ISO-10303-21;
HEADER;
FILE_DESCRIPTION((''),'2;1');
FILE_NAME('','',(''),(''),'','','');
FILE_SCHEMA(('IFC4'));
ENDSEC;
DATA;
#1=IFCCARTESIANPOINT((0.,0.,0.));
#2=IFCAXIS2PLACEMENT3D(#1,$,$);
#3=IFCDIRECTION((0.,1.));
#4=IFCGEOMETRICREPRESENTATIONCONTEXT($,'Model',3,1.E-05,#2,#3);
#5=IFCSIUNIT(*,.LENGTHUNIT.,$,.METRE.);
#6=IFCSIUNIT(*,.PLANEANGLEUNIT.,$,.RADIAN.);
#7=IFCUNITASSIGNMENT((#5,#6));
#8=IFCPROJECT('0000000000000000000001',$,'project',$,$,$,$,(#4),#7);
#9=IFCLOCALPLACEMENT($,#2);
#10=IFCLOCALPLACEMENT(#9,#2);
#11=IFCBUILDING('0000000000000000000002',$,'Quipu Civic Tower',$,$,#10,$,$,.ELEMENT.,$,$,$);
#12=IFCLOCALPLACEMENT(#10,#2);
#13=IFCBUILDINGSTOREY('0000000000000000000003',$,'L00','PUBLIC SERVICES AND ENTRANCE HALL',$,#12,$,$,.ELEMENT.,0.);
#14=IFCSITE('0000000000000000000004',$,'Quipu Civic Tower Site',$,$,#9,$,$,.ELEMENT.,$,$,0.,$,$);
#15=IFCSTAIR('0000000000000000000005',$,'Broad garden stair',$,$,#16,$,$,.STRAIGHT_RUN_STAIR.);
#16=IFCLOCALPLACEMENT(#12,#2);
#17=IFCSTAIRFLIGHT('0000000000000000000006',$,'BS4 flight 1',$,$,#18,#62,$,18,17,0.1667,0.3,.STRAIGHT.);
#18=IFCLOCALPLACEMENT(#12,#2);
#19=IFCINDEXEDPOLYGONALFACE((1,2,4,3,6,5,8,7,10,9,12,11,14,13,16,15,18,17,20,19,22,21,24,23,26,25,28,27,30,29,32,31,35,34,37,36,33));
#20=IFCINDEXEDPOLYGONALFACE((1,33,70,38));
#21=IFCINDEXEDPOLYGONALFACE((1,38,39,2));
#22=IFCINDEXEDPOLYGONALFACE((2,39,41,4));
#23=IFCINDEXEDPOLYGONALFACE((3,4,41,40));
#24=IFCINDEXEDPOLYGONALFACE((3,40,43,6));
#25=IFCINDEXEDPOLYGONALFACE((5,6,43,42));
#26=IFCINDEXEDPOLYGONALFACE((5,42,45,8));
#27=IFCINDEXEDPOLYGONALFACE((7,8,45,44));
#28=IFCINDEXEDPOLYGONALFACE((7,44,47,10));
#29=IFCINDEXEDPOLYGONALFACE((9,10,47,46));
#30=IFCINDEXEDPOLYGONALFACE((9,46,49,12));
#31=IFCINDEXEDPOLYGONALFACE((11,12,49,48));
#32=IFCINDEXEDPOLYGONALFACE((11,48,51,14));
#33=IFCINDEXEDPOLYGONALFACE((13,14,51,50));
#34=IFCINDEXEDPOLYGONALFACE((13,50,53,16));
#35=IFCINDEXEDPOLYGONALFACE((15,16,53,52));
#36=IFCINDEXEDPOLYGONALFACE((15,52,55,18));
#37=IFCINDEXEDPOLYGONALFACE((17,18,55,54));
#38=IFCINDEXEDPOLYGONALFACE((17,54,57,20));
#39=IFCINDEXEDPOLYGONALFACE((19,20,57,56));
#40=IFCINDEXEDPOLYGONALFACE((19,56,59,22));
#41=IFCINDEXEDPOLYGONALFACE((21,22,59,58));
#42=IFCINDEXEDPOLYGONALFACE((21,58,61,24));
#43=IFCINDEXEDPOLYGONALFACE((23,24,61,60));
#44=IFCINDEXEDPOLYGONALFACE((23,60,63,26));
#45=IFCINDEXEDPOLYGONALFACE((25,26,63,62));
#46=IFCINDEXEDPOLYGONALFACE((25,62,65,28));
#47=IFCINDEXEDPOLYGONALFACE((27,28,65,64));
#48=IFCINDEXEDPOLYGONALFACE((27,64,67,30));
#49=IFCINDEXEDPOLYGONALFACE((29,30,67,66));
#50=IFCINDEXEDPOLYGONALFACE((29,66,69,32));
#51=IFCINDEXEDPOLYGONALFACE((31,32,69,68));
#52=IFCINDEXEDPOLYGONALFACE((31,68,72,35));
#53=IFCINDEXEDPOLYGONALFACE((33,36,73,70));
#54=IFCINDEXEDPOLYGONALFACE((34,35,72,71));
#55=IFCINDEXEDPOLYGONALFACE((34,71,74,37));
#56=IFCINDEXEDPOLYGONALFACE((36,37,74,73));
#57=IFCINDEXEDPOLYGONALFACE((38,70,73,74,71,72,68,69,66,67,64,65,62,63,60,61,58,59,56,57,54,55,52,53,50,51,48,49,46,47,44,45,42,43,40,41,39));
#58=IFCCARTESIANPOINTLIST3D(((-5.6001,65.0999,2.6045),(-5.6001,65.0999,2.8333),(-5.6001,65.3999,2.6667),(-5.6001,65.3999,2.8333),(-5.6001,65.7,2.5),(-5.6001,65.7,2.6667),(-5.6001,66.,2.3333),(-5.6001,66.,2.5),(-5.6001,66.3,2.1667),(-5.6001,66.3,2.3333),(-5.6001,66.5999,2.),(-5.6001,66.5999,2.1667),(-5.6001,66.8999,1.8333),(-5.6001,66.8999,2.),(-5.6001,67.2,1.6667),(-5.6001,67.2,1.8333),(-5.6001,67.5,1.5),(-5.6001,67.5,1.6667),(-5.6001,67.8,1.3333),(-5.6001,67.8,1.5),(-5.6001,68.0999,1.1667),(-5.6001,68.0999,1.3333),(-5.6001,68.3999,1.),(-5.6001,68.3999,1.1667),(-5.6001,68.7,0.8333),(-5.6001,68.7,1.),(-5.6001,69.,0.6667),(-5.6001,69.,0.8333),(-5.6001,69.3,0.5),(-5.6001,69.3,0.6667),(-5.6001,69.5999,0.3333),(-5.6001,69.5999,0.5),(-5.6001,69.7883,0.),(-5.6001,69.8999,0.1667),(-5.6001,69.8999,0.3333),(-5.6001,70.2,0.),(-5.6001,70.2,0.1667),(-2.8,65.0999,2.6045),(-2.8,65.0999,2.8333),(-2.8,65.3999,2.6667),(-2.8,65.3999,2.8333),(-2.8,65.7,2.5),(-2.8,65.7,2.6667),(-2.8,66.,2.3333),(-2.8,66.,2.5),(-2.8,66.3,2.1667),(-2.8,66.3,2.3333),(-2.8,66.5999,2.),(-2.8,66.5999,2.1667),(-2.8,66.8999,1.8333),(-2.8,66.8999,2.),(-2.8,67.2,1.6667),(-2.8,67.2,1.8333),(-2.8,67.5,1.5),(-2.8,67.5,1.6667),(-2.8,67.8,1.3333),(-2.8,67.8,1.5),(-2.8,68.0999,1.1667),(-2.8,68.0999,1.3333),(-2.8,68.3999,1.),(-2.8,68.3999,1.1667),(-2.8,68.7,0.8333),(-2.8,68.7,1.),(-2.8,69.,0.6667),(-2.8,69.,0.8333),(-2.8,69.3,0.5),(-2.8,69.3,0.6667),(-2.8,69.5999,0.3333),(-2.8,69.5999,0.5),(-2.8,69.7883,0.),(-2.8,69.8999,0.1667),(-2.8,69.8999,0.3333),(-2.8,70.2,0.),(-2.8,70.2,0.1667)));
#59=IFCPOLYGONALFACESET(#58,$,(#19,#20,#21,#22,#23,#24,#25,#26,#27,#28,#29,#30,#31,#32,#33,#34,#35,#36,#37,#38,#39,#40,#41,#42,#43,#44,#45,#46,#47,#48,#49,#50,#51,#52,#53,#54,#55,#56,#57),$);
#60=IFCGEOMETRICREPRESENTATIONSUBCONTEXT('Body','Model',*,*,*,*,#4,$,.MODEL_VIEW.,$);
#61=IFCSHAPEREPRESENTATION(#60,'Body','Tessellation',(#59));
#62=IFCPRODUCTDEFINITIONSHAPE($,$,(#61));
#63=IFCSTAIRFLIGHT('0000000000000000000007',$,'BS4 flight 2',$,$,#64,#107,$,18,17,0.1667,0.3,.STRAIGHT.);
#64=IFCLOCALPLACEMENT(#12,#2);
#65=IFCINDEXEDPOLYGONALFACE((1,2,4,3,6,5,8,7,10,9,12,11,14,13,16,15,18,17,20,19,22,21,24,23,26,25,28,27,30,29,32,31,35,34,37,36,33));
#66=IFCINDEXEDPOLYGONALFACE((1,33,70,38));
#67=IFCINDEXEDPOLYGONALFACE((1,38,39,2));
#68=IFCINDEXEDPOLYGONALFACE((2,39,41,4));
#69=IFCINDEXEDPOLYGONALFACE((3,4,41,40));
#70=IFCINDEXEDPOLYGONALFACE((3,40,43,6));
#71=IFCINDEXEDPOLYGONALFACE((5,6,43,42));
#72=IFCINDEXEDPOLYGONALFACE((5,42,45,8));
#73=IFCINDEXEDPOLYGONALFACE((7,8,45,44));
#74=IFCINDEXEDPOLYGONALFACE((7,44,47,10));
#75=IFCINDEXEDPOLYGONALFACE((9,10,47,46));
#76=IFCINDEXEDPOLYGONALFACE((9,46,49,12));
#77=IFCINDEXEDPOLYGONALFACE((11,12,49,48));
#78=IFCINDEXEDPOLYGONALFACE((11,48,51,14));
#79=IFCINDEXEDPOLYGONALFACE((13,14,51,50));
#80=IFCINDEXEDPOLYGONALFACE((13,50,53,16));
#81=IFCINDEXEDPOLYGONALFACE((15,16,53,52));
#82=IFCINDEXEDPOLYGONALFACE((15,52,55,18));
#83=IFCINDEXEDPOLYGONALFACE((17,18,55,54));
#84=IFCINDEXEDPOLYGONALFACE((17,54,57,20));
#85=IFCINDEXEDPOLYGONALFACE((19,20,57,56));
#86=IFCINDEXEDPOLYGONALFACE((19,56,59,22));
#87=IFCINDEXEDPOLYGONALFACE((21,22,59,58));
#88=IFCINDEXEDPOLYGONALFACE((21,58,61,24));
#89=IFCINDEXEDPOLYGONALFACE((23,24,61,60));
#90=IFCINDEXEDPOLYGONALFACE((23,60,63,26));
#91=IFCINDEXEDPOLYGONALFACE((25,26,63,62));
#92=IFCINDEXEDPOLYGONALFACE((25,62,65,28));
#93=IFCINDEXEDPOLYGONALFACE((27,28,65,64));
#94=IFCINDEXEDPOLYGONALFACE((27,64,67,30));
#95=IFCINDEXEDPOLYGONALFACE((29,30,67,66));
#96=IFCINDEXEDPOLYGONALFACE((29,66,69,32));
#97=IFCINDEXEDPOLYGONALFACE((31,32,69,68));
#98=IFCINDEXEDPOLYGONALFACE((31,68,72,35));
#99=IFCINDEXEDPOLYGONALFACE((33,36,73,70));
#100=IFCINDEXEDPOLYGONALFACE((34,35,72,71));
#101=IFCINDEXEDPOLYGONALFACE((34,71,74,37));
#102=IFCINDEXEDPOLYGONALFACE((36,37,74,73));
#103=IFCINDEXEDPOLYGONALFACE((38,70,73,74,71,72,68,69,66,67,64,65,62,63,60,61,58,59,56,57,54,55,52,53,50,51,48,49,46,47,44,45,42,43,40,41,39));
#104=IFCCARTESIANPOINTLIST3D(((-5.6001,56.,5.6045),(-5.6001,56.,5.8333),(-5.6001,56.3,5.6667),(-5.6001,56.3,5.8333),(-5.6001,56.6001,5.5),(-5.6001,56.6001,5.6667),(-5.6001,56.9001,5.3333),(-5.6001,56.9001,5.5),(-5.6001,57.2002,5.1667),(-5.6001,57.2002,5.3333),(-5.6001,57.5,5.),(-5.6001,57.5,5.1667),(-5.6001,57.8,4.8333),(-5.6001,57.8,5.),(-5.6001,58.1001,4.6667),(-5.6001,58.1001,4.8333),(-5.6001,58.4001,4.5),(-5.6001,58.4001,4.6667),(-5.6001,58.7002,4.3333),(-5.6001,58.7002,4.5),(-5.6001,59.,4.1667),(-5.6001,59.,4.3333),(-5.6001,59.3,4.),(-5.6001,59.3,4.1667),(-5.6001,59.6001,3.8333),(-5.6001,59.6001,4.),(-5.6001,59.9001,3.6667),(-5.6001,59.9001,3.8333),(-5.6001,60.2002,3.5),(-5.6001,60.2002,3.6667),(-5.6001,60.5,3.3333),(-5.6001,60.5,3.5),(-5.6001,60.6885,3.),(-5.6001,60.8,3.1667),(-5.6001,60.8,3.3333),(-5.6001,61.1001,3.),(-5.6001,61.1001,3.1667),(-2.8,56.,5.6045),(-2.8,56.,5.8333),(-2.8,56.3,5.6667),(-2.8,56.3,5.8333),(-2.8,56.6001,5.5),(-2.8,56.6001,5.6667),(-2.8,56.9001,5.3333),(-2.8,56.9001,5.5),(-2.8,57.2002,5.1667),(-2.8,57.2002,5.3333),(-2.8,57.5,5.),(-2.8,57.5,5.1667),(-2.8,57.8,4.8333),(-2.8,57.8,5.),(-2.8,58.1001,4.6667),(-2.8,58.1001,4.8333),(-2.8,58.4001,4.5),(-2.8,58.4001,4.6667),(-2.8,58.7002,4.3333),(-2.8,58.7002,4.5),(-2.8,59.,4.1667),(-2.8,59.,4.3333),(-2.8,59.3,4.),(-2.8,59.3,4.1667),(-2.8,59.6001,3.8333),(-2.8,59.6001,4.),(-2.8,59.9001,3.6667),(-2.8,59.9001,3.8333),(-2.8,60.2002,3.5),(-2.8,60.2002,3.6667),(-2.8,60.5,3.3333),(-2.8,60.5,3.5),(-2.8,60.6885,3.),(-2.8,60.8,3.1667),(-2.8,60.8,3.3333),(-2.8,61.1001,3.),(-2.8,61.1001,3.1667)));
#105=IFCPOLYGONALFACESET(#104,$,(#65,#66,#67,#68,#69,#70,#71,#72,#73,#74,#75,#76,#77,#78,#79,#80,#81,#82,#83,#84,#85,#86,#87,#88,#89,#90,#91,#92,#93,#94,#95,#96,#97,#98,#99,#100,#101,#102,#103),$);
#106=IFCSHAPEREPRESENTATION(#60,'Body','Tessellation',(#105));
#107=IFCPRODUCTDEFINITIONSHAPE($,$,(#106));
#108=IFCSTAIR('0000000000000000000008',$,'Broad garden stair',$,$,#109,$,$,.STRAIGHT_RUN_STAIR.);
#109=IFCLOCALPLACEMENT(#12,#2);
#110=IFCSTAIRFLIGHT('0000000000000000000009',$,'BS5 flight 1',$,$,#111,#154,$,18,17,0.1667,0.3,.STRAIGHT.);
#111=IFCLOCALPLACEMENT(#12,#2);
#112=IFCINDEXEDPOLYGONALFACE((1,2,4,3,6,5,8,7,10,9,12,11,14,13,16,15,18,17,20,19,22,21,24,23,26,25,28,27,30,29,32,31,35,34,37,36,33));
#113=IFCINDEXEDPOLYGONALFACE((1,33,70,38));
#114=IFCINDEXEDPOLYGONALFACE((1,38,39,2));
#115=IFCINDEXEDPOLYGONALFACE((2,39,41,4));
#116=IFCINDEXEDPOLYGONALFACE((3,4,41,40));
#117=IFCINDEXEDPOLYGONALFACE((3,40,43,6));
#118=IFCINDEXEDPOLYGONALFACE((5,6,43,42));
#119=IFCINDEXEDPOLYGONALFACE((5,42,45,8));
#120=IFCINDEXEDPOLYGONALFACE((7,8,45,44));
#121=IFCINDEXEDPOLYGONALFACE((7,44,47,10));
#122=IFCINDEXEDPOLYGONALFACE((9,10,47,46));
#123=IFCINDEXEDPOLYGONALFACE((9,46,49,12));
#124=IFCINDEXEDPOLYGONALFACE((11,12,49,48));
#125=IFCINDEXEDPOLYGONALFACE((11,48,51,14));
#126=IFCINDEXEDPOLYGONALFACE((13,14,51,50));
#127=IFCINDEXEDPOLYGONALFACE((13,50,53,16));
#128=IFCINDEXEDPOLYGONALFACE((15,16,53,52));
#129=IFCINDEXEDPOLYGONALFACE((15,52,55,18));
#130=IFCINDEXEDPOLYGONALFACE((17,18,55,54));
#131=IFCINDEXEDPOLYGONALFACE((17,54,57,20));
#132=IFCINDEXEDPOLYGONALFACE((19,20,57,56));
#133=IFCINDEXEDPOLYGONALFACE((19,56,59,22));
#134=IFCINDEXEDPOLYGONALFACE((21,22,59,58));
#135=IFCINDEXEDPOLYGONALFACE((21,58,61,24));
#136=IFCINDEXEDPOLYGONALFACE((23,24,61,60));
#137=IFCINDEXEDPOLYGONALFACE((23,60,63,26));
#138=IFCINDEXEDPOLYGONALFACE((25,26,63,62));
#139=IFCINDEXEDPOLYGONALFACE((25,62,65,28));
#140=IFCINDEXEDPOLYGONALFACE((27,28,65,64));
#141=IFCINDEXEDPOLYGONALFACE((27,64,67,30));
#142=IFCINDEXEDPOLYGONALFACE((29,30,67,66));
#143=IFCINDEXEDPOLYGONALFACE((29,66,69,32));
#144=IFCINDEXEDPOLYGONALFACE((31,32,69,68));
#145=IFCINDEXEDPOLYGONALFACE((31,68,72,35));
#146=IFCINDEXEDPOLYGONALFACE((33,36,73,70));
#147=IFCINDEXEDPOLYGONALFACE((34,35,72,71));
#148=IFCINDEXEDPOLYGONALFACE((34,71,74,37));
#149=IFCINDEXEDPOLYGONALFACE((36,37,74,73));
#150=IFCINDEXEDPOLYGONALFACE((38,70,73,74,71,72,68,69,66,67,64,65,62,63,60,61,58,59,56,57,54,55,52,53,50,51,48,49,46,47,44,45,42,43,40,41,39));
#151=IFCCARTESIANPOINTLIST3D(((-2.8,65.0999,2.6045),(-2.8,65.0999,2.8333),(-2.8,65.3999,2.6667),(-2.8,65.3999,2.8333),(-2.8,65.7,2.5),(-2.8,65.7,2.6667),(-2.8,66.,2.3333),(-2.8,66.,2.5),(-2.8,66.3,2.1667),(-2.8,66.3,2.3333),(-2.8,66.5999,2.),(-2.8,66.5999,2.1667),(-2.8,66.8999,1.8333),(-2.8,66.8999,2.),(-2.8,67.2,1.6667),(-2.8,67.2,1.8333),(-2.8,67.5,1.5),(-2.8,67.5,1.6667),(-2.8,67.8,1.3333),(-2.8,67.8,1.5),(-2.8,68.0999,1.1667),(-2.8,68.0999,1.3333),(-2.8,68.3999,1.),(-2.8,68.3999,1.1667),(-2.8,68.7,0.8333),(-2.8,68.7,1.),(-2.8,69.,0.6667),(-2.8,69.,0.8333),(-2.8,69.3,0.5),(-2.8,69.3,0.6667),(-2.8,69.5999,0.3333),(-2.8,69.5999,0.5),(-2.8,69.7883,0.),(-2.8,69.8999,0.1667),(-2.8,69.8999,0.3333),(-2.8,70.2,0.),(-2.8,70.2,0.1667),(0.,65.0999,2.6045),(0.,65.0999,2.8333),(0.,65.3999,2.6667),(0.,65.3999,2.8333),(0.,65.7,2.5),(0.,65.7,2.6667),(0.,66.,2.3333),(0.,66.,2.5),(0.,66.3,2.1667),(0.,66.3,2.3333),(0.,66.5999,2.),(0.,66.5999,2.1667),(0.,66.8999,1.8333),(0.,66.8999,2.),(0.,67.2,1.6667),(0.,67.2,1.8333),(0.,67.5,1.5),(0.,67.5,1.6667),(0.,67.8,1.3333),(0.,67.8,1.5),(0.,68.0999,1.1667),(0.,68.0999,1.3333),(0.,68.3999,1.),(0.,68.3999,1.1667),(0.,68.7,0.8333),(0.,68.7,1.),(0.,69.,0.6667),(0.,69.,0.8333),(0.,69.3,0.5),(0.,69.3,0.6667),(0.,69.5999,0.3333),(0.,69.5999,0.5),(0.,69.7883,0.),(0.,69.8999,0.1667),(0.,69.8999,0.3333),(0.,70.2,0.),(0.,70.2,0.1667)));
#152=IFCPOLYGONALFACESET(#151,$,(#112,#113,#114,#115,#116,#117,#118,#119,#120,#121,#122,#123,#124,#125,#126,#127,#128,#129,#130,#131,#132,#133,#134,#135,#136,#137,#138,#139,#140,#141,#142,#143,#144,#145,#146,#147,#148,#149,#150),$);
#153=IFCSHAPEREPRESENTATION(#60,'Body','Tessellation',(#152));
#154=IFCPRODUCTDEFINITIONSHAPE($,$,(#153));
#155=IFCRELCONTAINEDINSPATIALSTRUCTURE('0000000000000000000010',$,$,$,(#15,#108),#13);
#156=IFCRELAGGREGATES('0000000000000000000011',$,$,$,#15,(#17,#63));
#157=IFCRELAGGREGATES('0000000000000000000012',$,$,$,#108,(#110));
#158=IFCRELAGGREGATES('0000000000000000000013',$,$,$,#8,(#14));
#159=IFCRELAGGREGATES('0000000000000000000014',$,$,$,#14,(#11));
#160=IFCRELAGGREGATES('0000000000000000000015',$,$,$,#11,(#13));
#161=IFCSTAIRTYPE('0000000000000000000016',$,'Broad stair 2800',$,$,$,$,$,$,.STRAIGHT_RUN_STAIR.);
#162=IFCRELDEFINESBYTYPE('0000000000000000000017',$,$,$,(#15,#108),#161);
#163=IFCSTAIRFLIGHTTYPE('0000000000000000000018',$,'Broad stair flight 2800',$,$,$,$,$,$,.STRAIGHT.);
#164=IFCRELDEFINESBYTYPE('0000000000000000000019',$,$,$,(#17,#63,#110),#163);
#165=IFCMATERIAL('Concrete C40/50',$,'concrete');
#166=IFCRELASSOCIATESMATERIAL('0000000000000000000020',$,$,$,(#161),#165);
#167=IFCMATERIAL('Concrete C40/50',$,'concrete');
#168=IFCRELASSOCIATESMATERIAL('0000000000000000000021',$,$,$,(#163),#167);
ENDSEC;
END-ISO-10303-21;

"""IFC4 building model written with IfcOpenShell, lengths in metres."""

from ifc_helpers import new_model, si_unit, direction, frame, origin, place, context, subcontext, project, spatial, polyline, outline, extrude, material, type_object, element, aggregate, save


model = new_model("IFC4")

# Units and contexts
model_context = context("Model", 3, precision=1e-05, world=origin(), true_north=direction((0.0, 1.0)))
body_context = subcontext(model_context, "Body", "Model", "MODEL_VIEW")
ifc_project = project(units=[si_unit("LENGTHUNIT", "METRE"), si_unit("PLANEANGLEUNIT", "RADIAN")], contexts=[model_context])

# Site, building, storey
site_placement = place(None, origin())
site = spatial("IfcSite", under=ifc_project, at=site_placement, Name="Quipu Civic Tower Site", CompositionType="ELEMENT", RefElevation=0.0)
building_placement = place(site_placement, origin())
building = spatial("IfcBuilding", under=site, at=building_placement, Name="Quipu Civic Tower", CompositionType="ELEMENT")
storey_placement = place(building_placement, origin())
storey = spatial("IfcBuildingStorey", under=building, at=storey_placement, Name="L00", Description="PUBLIC SERVICES AND ENTRANCE HALL", CompositionType="ELEMENT", Elevation=0.0)

# Stairs, stair flights
ifc_material_1 = material(Name="Concrete C40/50", Category="concrete")
stair_type = type_object("IfcStairType", Name="Broad stair 2800", PredefinedType="STRAIGHT_RUN_STAIR", material=ifc_material_1)
ifc_material_2 = material(Name="Concrete C40/50", Category="concrete")
stair_flight_type = type_object("IfcStairFlightType", Name="Broad stair flight 2800", PredefinedType="STRAIGHT", material=ifc_material_2)
stair_1_placement = place(storey_placement, origin())
stair_1 = element("IfcStair", 1, at=stair_1_placement, inside=storey, type_object=stair_type, Name="Broad garden stair", PredefinedType="STRAIGHT_RUN_STAIR")
stair_flight_1_placement = place(storey_placement, frame((-4.2, 70.2, 0.0), z_axis=(0.0, 0.0, 1.0), x_axis=(0.0, -1.0, 0.0)))
stair_flight_1 = element("IfcStairFlight", 2, at=stair_flight_1_placement, type_object=stair_flight_type, Name="BS4 flight 1", NumberOfRisers=18, NumberOfTreads=17, PredefinedType="STRAIGHT", RiserHeight=0.1667, TreadLength=0.3, context=body_context, shape_type="SweptSolid", body=[
    extrude(outline(polyline([(0.0, 0.0), (0.0, 0.1667), (0.3, 0.1667), (0.3, 0.3333), (0.6001, 0.3333), (0.6001, 0.5), (0.8999, 0.5), (0.8999, 0.6667), (1.2, 0.6667), (1.2, 0.8333), (1.5, 0.8333), (1.5, 1.0), (1.8, 1.0), (1.8, 1.1667), (2.1001, 1.1667), (2.1001, 1.3333), (2.3999, 1.3333), (2.3999, 1.5), (2.7, 1.5), (2.7, 1.6667), (3.0, 1.6667), (3.0, 1.8333), (3.3, 1.8333), (3.3, 2.0), (3.6001, 2.0), (3.6001, 2.1667), (3.8999, 2.1667), (3.8999, 2.3333), (4.2, 2.3333), (4.2, 2.5), (4.5, 2.5), (4.5, 2.6667), (4.8, 2.6667), (4.8, 2.8333), (5.1001, 2.8333), (5.1001, 3.0), (5.1001, 2.6045), (0.4116, 0.0), (0.0, 0.0)])), frame((0.0, 1.3999, 0.0), z_axis=(0.0, -1.0, 0.0), x_axis=(1.0, 0.0, 0.0)), (0.0, 0.0, 1.0), 2.8),
])
stair_flight_2_placement = place(storey_placement, frame((-4.2, 61.1001, 3.0), z_axis=(0.0, 0.0, 1.0), x_axis=(0.0, -1.0, 0.0)))
stair_flight_2 = element("IfcStairFlight", 3, at=stair_flight_2_placement, type_object=stair_flight_type, Name="BS4 flight 2", NumberOfRisers=18, NumberOfTreads=17, PredefinedType="STRAIGHT", RiserHeight=0.1667, TreadLength=0.3, context=body_context, shape_type="SweptSolid", body=[
    extrude(outline(polyline([(0.0, 0.0), (0.0, 0.1667), (0.3, 0.1667), (0.3, 0.3333), (0.6001, 0.3333), (0.6001, 0.5), (0.8999, 0.5), (0.8999, 0.6667), (1.2, 0.6667), (1.2, 0.8333), (1.5, 0.8333), (1.5, 1.0), (1.8, 1.0), (1.8, 1.1667), (2.1001, 1.1667), (2.1001, 1.3333), (2.3999, 1.3333), (2.3999, 1.5), (2.7, 1.5), (2.7, 1.6667), (3.0, 1.6667), (3.0, 1.8333), (3.3, 1.8333), (3.3, 2.0), (3.6001, 2.0), (3.6001, 2.1667), (3.8999, 2.1667), (3.8999, 2.3333), (4.2, 2.3333), (4.2, 2.5), (4.5, 2.5), (4.5, 2.6667), (4.8, 2.6667), (4.8, 2.8333), (5.1001, 2.8333), (5.1001, 3.0), (5.1001, 2.6045), (0.4116, 0.0), (0.0, 0.0)])), frame((0.0, 1.3999, 0.0), z_axis=(0.0, -1.0, 0.0), x_axis=(1.0, 0.0, 0.0)), (0.0, 0.0, 1.0), 2.8),
])
aggregate(stair_1, [stair_flight_1, stair_flight_2])
stair_2_placement = place(storey_placement, origin())
stair_2 = element("IfcStair", 4, at=stair_2_placement, inside=storey, type_object=stair_type, Name="Broad garden stair", PredefinedType="STRAIGHT_RUN_STAIR")
stair_flight_3_placement = place(storey_placement, frame((-1.3999, 70.2, 0.0), z_axis=(0.0, 0.0, 1.0), x_axis=(0.0, -1.0, 0.0)))
stair_flight_3 = element("IfcStairFlight", 5, at=stair_flight_3_placement, type_object=stair_flight_type, Name="BS5 flight 1", NumberOfRisers=18, NumberOfTreads=17, PredefinedType="STRAIGHT", RiserHeight=0.1667, TreadLength=0.3, context=body_context, shape_type="SweptSolid", body=[
    extrude(outline(polyline([(0.0, 0.0), (0.0, 0.1667), (0.3, 0.1667), (0.3, 0.3333), (0.6001, 0.3333), (0.6001, 0.5), (0.8999, 0.5), (0.8999, 0.6667), (1.2, 0.6667), (1.2, 0.8333), (1.5, 0.8333), (1.5, 1.0), (1.8, 1.0), (1.8, 1.1667), (2.1001, 1.1667), (2.1001, 1.3333), (2.3999, 1.3333), (2.3999, 1.5), (2.7, 1.5), (2.7, 1.6667), (3.0, 1.6667), (3.0, 1.8333), (3.3, 1.8333), (3.3, 2.0), (3.6001, 2.0), (3.6001, 2.1667), (3.8999, 2.1667), (3.8999, 2.3333), (4.2, 2.3333), (4.2, 2.5), (4.5, 2.5), (4.5, 2.6667), (4.8, 2.6667), (4.8, 2.8333), (5.1001, 2.8333), (5.1001, 3.0), (5.1001, 2.6045), (0.4116, 0.0), (0.0, 0.0)])), frame((0.0, 1.3999, 0.0), z_axis=(0.0, -1.0, 0.0), x_axis=(1.0, 0.0, 0.0)), (0.0, 0.0, 1.0), 2.8),
])
aggregate(stair_2, [stair_flight_3])

save(model, "model.ifc")
